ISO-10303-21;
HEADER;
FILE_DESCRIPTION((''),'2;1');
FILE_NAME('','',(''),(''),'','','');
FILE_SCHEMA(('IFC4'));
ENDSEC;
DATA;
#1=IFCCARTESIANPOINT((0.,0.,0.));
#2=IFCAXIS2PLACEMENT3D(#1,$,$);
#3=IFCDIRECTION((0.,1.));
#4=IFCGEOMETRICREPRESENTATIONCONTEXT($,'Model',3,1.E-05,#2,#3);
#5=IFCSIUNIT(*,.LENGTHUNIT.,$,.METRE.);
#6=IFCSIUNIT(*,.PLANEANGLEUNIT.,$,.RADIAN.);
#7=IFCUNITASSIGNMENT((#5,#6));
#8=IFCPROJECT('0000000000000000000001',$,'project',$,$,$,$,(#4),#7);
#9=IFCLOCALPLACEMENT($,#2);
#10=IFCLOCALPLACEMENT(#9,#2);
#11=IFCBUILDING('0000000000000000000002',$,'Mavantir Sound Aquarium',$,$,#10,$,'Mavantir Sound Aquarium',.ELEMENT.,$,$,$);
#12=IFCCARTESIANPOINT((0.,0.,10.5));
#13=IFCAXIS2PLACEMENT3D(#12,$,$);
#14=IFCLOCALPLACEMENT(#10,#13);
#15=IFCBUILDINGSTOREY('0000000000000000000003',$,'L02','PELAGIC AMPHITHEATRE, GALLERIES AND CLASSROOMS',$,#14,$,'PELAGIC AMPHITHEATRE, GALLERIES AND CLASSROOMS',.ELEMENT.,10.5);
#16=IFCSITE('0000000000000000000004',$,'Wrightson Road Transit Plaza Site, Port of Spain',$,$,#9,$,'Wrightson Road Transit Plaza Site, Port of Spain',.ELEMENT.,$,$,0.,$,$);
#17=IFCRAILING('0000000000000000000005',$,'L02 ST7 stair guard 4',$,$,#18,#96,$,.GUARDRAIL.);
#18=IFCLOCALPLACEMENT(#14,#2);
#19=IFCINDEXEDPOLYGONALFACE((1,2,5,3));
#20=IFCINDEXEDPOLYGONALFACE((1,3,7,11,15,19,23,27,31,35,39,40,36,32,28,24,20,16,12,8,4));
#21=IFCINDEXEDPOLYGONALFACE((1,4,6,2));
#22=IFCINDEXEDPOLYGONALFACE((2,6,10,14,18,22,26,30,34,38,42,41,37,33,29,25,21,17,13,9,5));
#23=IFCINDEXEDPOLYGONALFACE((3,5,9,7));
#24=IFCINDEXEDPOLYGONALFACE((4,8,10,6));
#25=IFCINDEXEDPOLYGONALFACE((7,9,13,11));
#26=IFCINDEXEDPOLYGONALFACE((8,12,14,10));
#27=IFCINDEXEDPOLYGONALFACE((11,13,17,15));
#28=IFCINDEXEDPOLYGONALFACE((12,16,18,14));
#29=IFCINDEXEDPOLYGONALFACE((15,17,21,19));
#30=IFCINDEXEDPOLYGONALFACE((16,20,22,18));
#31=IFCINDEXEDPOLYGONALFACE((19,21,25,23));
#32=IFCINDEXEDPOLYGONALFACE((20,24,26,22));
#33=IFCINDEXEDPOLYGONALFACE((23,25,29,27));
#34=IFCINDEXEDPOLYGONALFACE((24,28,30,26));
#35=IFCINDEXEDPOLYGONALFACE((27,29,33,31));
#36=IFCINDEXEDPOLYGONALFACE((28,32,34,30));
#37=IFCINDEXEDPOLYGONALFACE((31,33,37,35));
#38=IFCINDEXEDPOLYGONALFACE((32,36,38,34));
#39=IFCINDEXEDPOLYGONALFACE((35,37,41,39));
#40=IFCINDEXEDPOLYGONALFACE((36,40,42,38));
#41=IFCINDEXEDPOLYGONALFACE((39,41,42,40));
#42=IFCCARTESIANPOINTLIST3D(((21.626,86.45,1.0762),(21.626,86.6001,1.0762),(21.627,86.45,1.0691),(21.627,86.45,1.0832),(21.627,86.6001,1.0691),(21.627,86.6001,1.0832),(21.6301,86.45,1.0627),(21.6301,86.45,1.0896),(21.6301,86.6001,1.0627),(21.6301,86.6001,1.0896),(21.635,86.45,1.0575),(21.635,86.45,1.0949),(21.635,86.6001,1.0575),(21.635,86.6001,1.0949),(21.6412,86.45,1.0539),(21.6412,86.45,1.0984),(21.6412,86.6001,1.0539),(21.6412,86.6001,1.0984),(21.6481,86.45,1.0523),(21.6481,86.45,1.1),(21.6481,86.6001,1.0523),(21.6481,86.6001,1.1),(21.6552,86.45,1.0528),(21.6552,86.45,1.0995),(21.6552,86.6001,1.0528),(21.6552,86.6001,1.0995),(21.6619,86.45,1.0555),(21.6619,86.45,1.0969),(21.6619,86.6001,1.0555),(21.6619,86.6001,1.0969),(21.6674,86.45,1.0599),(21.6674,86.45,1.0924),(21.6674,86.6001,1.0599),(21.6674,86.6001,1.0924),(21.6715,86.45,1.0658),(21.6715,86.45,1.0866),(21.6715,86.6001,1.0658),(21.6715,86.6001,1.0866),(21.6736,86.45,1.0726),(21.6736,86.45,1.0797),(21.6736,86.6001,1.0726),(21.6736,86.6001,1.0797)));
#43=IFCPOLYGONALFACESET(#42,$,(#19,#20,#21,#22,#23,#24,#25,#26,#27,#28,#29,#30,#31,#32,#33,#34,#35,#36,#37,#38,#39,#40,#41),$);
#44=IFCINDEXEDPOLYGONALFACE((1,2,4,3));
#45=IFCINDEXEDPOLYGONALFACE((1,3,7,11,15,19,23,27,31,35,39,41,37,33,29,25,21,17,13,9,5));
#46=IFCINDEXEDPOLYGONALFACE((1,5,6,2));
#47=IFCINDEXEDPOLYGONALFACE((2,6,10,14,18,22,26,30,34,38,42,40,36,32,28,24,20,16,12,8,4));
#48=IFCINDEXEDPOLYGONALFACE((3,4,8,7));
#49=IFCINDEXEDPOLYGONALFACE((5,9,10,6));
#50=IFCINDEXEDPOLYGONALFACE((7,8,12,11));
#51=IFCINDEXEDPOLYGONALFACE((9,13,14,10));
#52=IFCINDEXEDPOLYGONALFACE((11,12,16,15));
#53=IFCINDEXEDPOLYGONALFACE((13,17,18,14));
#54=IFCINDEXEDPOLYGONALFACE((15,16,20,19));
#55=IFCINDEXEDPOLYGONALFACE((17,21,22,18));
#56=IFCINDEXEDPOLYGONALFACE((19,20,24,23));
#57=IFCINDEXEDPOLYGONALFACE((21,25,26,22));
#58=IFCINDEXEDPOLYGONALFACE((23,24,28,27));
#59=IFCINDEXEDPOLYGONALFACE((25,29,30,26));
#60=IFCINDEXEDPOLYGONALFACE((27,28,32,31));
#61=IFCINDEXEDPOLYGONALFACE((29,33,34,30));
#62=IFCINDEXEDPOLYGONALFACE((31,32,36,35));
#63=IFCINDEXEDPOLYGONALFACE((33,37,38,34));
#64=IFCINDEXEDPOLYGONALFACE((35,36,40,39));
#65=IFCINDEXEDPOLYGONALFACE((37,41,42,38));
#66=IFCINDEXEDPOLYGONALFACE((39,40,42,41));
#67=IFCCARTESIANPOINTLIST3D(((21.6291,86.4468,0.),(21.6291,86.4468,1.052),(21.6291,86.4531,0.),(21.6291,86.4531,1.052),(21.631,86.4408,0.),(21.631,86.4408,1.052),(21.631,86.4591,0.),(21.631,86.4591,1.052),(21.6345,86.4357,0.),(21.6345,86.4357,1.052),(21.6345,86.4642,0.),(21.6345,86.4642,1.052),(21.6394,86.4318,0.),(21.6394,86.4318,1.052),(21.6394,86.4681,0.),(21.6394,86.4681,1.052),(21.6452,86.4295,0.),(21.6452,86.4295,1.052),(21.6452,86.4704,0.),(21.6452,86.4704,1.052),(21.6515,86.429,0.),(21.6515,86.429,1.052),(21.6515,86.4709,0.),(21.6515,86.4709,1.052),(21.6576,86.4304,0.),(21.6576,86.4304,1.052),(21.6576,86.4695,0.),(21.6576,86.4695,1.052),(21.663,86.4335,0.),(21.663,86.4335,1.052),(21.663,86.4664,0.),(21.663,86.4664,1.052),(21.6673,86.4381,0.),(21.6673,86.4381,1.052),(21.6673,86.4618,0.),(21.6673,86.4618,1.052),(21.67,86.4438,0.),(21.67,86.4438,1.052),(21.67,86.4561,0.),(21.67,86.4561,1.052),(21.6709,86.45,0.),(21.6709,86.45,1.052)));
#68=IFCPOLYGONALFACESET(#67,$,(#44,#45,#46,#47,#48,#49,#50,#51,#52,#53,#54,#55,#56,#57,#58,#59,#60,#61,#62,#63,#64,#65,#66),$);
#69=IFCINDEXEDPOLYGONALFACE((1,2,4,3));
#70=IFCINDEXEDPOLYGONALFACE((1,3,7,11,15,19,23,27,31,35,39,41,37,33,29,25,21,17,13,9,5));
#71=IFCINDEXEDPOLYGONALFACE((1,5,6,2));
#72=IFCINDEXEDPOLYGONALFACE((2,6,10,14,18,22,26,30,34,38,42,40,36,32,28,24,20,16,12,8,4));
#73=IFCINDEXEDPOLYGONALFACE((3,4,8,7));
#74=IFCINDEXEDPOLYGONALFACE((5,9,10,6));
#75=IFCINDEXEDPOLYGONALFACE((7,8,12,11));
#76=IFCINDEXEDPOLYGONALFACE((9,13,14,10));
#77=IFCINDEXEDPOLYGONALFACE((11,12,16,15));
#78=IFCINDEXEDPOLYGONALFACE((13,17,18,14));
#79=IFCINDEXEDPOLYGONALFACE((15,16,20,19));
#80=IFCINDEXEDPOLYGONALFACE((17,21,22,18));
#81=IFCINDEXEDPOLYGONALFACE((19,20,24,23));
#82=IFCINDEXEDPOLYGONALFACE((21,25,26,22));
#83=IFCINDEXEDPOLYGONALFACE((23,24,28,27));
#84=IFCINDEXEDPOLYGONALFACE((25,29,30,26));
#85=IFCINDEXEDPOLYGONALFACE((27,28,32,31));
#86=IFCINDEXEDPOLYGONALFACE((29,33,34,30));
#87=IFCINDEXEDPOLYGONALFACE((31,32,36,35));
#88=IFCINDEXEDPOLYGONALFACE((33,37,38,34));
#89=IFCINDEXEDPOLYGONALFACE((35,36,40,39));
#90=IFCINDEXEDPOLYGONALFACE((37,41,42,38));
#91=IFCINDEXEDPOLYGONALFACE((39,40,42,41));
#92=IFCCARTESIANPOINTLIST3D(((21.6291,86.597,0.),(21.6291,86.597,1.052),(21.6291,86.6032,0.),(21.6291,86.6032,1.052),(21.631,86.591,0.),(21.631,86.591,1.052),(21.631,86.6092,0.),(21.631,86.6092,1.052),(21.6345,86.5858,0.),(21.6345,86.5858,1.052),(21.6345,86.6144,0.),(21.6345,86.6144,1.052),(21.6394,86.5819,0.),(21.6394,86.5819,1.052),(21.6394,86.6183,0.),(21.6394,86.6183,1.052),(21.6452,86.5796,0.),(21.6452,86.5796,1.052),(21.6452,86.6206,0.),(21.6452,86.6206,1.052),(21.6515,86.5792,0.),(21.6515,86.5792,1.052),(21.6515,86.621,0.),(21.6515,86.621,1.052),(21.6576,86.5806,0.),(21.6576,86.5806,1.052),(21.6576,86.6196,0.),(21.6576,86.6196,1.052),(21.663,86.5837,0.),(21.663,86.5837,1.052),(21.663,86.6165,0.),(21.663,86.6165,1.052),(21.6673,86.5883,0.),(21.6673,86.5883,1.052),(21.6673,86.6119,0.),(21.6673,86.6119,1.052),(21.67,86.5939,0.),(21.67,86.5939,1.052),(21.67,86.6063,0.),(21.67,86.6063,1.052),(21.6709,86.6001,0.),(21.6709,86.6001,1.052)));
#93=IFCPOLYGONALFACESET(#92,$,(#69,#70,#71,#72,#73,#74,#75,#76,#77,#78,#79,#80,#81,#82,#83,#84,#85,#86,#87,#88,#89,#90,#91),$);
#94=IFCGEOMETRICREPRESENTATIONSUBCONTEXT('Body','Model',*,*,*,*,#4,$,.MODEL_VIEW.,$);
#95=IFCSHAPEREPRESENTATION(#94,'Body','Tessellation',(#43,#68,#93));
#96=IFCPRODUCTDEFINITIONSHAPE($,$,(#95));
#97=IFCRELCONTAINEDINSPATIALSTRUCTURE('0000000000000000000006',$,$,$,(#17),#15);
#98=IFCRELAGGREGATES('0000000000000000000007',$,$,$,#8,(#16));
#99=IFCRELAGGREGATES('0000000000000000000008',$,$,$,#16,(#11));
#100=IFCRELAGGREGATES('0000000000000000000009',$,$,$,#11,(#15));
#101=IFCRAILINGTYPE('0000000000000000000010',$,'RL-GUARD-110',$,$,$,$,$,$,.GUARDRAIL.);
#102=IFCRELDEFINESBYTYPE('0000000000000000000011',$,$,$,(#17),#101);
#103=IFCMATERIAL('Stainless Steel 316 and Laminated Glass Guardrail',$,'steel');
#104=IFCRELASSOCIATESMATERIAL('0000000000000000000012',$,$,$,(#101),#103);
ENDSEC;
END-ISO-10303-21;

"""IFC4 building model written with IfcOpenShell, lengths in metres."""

from ifc_helpers import new_model, si_unit, direction, frame, origin, origin_2d, place, context, subcontext, project, spatial, circle, extrude, material, type_object, element, save


model = new_model("IFC4")

# Units and contexts
model_context = context("Model", 3, precision=1e-05, world=origin(), true_north=direction((0.0, 1.0)))
body_context = subcontext(model_context, "Body", "Model", "MODEL_VIEW")
ifc_project = project(units=[si_unit("LENGTHUNIT", "METRE"), si_unit("PLANEANGLEUNIT", "RADIAN")], contexts=[model_context])

# Site, building, storey
site_placement = place(None, origin())
site = spatial("IfcSite", under=ifc_project, at=site_placement, Name="Wrightson Road Transit Plaza Site, Port of Spain", LongName="Wrightson Road Transit Plaza Site, Port of Spain", CompositionType="ELEMENT", RefElevation=0.0)
building_placement = place(site_placement, origin())
building = spatial("IfcBuilding", under=site, at=building_placement, Name="Mavantir Sound Aquarium", LongName="Mavantir Sound Aquarium", CompositionType="ELEMENT")
storey_placement = place(building_placement, frame((0.0, 0.0, 10.5)))
storey = spatial("IfcBuildingStorey", under=building, at=storey_placement, Name="L02", Description="PELAGIC AMPHITHEATRE, GALLERIES AND CLASSROOMS", LongName="PELAGIC AMPHITHEATRE, GALLERIES AND CLASSROOMS", CompositionType="ELEMENT", Elevation=10.5)

# Railing
ifc_material_1 = material(Name="Stainless Steel 316 and Laminated Glass Guardrail", Category="steel")
railing_type_1 = type_object("IfcRailingType", Name="RL-GUARD-110", PredefinedType="GUARDRAIL", material=ifc_material_1)
railing_1_placement = place(storey_placement, frame((21.6499, 86.45, 0.0)))
element("IfcRailing", 1, at=railing_1_placement, inside=storey, type_object=railing_type_1, Name="L02 ST7 stair guard 4", PredefinedType="GUARDRAIL", context=body_context, shape_type="SweptSolid", body=[
    extrude(circle(Radius=0.0239, at=origin_2d()), frame((0.0, 0.0, 1.0762), z_axis=(0.0, 1.0, 0.0), x_axis=(-1.0, 0.0, 0.0)), (0.0, 0.0, 1.0), 0.1501),
    extrude(circle(Radius=0.021, at=origin_2d()), origin(), (0.0, 0.0, 1.0), 1.052),
    extrude(circle(Radius=0.021, at=origin_2d()), frame((0.0, 0.1501, 0.0)), (0.0, 0.0, 1.0), 1.052),
])

save(model, "model.ifc")
